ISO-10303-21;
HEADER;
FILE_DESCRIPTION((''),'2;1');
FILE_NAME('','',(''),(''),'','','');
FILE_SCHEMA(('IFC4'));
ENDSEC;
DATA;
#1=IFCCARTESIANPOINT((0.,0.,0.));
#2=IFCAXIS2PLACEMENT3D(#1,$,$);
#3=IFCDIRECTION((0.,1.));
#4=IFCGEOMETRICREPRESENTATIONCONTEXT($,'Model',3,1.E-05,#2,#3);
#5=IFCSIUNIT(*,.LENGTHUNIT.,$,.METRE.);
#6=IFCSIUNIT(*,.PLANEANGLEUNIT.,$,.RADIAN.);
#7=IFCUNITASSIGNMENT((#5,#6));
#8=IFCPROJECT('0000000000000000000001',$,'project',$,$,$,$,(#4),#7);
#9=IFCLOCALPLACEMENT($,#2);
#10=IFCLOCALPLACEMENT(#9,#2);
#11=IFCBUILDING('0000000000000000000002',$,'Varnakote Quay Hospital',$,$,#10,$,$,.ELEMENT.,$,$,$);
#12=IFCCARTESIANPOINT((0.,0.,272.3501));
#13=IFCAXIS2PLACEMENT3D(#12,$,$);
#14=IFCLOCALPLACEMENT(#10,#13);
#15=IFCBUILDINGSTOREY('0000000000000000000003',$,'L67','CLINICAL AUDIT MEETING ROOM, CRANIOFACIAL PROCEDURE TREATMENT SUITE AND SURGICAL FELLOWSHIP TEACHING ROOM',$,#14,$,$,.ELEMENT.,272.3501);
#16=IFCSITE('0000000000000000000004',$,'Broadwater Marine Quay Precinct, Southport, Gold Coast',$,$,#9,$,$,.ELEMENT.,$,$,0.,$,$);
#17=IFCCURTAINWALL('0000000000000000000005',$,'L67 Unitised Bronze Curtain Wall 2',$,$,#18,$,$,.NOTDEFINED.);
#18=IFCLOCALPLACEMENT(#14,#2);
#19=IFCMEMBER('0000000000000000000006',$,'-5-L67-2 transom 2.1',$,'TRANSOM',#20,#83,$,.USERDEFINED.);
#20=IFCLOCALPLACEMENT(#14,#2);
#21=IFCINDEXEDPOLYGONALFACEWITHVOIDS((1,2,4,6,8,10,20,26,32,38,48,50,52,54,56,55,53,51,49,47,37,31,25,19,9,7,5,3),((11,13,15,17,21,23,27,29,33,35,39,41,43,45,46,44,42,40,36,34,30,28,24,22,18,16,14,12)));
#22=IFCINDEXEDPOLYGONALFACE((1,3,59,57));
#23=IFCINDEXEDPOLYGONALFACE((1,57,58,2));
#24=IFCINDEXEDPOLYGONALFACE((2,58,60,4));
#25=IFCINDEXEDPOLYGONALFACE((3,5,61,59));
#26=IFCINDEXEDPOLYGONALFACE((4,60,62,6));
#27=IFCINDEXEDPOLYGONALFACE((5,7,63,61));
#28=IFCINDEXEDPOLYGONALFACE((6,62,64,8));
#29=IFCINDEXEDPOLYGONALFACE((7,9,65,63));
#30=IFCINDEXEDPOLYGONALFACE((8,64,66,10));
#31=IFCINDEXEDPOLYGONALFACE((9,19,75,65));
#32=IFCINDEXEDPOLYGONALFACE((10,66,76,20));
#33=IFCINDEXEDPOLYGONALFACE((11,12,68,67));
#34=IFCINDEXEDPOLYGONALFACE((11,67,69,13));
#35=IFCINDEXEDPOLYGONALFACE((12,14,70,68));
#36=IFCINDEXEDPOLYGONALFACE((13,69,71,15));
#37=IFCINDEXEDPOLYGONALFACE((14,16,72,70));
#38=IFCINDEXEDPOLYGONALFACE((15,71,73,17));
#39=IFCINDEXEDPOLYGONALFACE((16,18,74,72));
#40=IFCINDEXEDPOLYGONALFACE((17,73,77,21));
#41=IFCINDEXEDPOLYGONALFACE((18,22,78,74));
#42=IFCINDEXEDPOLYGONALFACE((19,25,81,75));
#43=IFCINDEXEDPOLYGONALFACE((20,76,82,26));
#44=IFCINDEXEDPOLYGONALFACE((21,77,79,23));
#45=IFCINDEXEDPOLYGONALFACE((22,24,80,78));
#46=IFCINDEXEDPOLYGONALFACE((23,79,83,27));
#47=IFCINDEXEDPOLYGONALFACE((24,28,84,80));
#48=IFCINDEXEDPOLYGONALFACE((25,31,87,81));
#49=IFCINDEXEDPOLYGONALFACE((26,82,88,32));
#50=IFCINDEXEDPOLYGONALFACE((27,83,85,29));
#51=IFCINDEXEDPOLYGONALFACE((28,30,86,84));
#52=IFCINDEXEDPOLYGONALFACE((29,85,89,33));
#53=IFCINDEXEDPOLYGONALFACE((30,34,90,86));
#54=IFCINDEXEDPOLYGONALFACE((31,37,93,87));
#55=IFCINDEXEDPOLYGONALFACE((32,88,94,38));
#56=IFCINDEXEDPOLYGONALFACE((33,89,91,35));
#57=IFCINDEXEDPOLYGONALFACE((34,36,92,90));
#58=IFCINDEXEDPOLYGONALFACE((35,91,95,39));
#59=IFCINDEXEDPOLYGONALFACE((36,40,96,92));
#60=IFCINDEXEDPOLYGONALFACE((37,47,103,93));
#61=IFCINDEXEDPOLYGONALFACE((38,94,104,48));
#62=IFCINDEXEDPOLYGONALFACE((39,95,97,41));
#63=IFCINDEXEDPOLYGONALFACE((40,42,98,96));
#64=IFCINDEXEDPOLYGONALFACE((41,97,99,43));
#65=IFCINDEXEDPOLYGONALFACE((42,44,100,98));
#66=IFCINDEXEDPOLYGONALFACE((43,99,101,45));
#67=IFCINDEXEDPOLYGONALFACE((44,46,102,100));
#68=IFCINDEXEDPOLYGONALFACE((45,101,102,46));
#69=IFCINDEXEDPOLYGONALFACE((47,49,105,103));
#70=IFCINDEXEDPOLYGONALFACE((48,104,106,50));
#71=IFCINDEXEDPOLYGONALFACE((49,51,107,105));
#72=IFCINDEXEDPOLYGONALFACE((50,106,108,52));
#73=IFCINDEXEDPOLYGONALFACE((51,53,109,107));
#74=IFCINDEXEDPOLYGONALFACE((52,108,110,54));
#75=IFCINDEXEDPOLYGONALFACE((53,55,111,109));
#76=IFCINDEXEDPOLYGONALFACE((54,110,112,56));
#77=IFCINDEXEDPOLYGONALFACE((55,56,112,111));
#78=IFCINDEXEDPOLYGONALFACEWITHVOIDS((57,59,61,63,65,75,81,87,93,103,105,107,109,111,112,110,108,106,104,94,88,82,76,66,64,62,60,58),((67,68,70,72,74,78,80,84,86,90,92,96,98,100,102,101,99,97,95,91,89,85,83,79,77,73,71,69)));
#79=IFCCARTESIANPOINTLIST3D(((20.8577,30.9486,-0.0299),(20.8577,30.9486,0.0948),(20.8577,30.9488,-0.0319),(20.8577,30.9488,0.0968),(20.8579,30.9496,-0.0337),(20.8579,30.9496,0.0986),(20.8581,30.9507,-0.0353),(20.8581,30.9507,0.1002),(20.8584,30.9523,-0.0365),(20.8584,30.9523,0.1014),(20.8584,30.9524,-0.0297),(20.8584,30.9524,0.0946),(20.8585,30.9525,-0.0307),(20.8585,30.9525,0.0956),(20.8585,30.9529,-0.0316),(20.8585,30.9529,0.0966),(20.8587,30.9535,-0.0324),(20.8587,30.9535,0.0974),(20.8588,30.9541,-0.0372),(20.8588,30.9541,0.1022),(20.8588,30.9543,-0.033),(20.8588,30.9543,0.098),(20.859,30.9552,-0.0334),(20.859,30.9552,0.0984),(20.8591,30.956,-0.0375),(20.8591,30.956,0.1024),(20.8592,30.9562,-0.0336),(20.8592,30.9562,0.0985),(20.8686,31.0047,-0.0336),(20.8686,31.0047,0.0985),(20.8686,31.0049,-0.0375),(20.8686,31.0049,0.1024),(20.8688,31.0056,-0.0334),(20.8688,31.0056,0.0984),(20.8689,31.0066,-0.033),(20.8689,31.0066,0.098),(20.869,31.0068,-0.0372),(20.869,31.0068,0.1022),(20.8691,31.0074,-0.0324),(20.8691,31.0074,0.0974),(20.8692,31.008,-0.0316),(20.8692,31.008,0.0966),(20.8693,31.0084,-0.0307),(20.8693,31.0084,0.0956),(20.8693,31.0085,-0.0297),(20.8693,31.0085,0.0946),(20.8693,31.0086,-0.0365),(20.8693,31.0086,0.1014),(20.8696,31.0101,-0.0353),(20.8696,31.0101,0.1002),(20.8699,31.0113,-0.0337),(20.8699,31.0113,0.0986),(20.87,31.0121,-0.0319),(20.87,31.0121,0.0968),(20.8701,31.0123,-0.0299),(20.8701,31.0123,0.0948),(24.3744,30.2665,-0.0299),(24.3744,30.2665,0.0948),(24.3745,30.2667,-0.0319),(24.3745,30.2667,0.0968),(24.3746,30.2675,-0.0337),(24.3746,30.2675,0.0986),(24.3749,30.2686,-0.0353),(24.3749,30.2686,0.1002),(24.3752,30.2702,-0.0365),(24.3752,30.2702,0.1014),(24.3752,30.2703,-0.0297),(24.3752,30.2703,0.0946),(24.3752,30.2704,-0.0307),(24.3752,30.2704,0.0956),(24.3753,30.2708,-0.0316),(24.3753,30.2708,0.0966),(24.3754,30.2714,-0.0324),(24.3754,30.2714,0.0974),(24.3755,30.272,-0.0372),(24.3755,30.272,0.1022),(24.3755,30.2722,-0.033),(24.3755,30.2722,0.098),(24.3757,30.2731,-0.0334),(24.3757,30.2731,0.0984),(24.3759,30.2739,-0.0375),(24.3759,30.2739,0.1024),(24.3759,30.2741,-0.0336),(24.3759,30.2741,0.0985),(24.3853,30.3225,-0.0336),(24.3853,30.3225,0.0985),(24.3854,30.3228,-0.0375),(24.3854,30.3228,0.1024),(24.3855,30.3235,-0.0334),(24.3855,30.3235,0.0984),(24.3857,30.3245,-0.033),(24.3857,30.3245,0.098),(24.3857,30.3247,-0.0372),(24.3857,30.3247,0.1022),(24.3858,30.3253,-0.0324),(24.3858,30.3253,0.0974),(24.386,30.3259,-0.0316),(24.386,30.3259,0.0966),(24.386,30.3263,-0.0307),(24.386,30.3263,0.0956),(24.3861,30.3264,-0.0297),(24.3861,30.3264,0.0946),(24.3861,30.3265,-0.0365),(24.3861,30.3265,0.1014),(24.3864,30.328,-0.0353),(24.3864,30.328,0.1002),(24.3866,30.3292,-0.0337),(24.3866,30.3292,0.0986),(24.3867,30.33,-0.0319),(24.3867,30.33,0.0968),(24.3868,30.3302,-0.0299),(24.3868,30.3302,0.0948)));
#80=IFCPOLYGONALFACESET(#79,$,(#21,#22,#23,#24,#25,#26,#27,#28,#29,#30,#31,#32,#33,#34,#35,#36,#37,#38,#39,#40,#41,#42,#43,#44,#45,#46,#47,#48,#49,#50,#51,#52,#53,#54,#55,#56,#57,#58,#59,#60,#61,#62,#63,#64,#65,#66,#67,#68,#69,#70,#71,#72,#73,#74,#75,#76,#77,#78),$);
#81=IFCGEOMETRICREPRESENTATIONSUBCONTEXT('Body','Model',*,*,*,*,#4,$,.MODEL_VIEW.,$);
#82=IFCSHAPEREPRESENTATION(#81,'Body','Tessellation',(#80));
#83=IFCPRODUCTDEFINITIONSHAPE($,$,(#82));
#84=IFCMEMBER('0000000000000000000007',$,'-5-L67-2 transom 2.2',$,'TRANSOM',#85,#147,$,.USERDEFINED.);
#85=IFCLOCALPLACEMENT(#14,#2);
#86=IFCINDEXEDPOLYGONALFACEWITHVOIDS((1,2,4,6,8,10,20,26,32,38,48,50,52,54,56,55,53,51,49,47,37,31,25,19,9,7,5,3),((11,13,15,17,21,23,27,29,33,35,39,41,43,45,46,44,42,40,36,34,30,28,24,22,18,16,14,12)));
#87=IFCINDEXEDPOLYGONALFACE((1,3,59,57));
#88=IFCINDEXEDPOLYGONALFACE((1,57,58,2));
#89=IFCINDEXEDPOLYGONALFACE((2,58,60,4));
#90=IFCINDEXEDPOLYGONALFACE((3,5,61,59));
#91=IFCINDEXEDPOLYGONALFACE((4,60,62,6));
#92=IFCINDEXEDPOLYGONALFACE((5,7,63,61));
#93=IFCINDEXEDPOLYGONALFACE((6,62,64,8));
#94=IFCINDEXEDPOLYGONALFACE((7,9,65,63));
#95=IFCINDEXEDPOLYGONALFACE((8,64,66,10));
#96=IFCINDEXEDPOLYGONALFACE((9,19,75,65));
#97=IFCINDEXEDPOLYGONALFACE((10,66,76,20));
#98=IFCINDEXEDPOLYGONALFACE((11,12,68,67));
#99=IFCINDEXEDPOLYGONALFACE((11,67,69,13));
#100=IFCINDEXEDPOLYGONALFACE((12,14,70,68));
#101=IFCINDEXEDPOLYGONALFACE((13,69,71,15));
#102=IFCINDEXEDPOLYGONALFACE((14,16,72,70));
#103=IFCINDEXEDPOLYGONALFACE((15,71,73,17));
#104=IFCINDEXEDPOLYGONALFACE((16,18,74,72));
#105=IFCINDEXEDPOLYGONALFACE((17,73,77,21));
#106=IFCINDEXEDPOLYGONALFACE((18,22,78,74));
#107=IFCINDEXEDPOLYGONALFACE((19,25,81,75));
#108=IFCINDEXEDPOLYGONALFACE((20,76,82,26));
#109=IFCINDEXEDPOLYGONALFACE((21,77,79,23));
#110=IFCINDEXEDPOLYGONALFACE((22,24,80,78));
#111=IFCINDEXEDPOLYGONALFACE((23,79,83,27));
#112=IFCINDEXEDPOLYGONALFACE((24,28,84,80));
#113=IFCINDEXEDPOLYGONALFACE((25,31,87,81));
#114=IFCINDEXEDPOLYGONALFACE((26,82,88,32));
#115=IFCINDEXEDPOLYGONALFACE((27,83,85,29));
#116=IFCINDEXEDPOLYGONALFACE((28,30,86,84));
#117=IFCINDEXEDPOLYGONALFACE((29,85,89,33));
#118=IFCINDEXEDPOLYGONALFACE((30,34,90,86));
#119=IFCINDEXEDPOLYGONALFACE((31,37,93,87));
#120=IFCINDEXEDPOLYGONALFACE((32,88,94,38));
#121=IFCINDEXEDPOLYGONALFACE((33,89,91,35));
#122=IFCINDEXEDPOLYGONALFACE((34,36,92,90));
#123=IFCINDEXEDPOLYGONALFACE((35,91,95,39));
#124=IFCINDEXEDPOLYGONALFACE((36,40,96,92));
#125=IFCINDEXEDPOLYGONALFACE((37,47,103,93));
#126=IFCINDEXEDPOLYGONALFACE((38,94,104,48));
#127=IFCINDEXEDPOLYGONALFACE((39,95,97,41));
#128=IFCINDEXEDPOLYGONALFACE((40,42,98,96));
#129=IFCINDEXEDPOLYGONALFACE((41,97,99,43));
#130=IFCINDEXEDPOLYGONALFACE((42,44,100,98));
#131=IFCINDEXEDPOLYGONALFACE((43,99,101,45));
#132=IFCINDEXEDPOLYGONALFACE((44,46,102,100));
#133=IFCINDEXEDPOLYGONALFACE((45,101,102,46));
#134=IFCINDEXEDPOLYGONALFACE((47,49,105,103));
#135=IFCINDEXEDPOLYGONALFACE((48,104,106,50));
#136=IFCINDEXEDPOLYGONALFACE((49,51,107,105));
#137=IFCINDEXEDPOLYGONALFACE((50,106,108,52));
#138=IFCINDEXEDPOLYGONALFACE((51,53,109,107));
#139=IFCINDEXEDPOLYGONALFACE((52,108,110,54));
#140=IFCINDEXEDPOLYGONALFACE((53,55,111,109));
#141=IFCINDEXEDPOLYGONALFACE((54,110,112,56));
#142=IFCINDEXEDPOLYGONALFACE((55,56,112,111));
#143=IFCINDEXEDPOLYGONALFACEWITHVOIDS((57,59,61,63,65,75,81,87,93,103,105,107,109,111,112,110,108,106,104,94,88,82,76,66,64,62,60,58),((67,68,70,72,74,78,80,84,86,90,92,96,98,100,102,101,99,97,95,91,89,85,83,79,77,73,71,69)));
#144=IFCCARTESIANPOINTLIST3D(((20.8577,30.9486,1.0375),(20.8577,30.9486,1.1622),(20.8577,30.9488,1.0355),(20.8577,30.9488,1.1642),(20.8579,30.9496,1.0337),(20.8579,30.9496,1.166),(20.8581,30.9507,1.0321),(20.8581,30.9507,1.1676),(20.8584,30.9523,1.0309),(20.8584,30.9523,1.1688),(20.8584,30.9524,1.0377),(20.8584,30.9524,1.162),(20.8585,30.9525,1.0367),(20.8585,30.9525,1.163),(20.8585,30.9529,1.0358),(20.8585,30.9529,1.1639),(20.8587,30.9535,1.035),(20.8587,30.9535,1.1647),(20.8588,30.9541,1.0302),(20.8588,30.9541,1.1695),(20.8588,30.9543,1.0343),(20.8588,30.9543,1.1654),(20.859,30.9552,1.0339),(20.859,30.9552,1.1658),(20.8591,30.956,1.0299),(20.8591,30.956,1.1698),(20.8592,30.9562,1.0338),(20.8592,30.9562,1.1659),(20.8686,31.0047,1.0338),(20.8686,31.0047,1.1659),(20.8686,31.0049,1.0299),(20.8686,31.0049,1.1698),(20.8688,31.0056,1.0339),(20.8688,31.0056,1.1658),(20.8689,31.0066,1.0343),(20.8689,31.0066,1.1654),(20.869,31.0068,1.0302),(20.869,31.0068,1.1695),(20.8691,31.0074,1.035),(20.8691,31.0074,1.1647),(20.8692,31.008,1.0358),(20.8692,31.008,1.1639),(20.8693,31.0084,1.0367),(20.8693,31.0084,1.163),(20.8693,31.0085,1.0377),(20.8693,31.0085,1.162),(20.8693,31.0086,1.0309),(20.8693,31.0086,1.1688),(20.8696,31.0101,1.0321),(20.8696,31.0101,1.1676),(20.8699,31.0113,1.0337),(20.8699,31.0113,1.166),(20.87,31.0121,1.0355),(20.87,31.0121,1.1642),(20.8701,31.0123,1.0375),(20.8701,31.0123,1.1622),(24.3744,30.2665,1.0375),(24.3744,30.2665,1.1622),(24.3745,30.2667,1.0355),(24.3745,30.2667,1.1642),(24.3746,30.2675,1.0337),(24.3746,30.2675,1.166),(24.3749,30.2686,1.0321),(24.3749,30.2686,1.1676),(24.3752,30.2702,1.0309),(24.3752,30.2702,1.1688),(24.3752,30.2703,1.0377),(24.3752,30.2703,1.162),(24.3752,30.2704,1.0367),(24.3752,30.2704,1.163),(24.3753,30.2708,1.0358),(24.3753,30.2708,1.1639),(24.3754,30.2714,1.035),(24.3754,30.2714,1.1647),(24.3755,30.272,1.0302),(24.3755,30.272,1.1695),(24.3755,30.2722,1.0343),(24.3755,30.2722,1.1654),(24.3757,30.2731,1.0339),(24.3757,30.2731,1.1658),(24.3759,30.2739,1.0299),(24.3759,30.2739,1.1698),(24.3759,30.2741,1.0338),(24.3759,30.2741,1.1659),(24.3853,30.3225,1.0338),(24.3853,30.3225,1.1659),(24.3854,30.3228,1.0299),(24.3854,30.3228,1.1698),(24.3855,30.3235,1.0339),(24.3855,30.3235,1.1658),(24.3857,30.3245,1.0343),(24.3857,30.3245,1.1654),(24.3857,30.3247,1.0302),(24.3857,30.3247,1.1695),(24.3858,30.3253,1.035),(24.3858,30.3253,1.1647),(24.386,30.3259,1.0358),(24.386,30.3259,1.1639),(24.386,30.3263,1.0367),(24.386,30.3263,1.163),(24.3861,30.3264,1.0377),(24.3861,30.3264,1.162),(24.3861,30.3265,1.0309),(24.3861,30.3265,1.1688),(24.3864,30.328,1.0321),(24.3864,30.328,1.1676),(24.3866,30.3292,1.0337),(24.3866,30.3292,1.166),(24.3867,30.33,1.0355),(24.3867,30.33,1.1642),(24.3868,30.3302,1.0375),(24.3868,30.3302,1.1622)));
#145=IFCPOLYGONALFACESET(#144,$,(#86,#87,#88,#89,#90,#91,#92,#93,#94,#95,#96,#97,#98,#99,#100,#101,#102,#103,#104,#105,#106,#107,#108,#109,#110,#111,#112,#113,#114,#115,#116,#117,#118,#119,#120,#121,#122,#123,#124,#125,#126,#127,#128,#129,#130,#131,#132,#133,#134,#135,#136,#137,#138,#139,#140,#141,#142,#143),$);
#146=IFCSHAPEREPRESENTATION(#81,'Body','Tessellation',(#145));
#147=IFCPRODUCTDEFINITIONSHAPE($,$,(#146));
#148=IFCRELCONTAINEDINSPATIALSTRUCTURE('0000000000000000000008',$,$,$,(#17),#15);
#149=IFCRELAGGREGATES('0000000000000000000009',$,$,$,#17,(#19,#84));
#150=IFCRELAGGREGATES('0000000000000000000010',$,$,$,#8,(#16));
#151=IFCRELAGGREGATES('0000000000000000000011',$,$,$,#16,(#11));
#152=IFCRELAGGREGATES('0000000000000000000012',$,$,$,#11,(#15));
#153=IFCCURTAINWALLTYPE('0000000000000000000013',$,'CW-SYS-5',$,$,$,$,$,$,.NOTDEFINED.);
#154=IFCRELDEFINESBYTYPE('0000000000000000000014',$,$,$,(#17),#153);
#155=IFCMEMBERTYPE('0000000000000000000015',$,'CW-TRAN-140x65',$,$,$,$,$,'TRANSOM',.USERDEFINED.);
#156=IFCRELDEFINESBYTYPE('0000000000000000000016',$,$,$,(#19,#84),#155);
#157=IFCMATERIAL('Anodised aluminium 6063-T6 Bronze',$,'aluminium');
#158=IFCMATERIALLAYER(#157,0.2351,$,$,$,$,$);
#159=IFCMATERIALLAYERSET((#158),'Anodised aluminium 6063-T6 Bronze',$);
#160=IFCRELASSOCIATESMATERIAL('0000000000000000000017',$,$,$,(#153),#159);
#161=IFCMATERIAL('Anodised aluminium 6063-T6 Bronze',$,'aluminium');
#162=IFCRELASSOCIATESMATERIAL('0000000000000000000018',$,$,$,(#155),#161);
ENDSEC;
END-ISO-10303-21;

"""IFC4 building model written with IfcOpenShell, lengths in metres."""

from ifc_helpers import new_model, si_unit, direction, frame, origin, origin_2d, place, context, subcontext, project, spatial, hollow_rectangle, extrude, material, layer, layer_set, material_profile, profile_set, type_object, element, aggregate, save


model = new_model("IFC4")

# Units and contexts
model_context = context("Model", 3, precision=1e-05, world=origin(), true_north=direction((0.0, 1.0)))
body_context = subcontext(model_context, "Body", "Model", "MODEL_VIEW")
ifc_project = project(units=[si_unit("LENGTHUNIT", "METRE"), si_unit("PLANEANGLEUNIT", "RADIAN")], contexts=[model_context])

# Site, building, storey
site_placement = place(None, origin())
site = spatial("IfcSite", under=ifc_project, at=site_placement, Name="Broadwater Marine Quay Precinct, Southport, Gold Coast", CompositionType="ELEMENT", RefElevation=0.0)
building_placement = place(site_placement, origin())
building = spatial("IfcBuilding", under=site, at=building_placement, Name="Varnakote Quay Hospital", CompositionType="ELEMENT")
storey_placement = place(building_placement, frame((0.0, 0.0, 272.3501)))
storey = spatial("IfcBuildingStorey", under=building, at=storey_placement, Name="L67", Description="CLINICAL AUDIT MEETING ROOM, CRANIOFACIAL PROCEDURE TREATMENT SUITE AND SURGICAL FELLOWSHIP TEACHING ROOM", CompositionType="ELEMENT", Elevation=272.3501)

# Shared definitions
ifc_material_1 = material(Name="Anodised aluminium 6063-T6 Bronze", Category="aluminium")
ifc_layer_1 = layer(ifc_material_1, 0.2351)
ifc_layer_set_1 = layer_set([ifc_layer_1], Name="Anodised aluminium 6063-T6 Bronze")
curtain_wall_type = type_object("IfcCurtainWallType", Name="CW-SYS-5", PredefinedType="NOTDEFINED", material=ifc_layer_set_1)

# Curtain wall, members
curtain_wall_1_placement = place(storey_placement, origin())
curtain_wall_1 = element("IfcCurtainWall", 1, at=curtain_wall_1_placement, inside=storey, type_object=curtain_wall_type, Name="L67 Unitised Bronze Curtain Wall 2", PredefinedType="NOTDEFINED")
ifc_material_2 = material(Name="Anodised aluminium 6063-T6 Bronze", Category="aluminium")
ifc_material_profile_1 = material_profile(ifc_material_2, hollow_rectangle(XDim=0.0649, YDim=0.1399, WallThickness=0.0039, InnerFilletRadius=0.0039, OuterFilletRadius=0.0076, at=origin_2d()), Name="CW-TRAN-140x65")
ifc_profile_set_1 = profile_set([ifc_material_profile_1], Name="Anodised aluminium 6063-T6 Bronze")
member_type_1 = type_object("IfcMemberType", Name="CW-TRAN-140x65", ElementType="TRANSOM", PredefinedType="USERDEFINED", material=ifc_profile_set_1)
member_1_placement = place(storey_placement, frame((24.3806, 30.2983, 0.0325), z_axis=(-0.981704, 0.190412, 0.0), x_axis=(-0.190412, -0.981704, 0.0)))
member_1 = element("IfcMember", 2, at=member_1_placement, type_object=member_type_1, Name="-5-L67-2 transom 2.1", ObjectType="TRANSOM", PredefinedType="USERDEFINED", context=body_context, shape_type="SweptSolid", body=[
    extrude(hollow_rectangle(XDim=0.0649, YDim=0.1399, WallThickness=0.0039, InnerFilletRadius=0.0039, OuterFilletRadius=0.0076, at=origin_2d()), origin(), (0.0, 0.0, 1.0), 3.5823),
])
member_2_placement = place(storey_placement, frame((24.3806, 30.2983, 1.0999), z_axis=(-0.981704, 0.190412, 0.0), x_axis=(-0.190412, -0.981704, 0.0)))
member_2 = element("IfcMember", 3, at=member_2_placement, type_object=member_type_1, Name="-5-L67-2 transom 2.2", ObjectType="TRANSOM", PredefinedType="USERDEFINED", context=body_context, shape_type="SweptSolid", body=[
    extrude(hollow_rectangle(XDim=0.0649, YDim=0.1399, WallThickness=0.0039, InnerFilletRadius=0.0039, OuterFilletRadius=0.0076, at=origin_2d()), origin(), (0.0, 0.0, 1.0), 3.5823),
])

aggregate(curtain_wall_1, [member_1, member_2])

save(model, "model.ifc")
